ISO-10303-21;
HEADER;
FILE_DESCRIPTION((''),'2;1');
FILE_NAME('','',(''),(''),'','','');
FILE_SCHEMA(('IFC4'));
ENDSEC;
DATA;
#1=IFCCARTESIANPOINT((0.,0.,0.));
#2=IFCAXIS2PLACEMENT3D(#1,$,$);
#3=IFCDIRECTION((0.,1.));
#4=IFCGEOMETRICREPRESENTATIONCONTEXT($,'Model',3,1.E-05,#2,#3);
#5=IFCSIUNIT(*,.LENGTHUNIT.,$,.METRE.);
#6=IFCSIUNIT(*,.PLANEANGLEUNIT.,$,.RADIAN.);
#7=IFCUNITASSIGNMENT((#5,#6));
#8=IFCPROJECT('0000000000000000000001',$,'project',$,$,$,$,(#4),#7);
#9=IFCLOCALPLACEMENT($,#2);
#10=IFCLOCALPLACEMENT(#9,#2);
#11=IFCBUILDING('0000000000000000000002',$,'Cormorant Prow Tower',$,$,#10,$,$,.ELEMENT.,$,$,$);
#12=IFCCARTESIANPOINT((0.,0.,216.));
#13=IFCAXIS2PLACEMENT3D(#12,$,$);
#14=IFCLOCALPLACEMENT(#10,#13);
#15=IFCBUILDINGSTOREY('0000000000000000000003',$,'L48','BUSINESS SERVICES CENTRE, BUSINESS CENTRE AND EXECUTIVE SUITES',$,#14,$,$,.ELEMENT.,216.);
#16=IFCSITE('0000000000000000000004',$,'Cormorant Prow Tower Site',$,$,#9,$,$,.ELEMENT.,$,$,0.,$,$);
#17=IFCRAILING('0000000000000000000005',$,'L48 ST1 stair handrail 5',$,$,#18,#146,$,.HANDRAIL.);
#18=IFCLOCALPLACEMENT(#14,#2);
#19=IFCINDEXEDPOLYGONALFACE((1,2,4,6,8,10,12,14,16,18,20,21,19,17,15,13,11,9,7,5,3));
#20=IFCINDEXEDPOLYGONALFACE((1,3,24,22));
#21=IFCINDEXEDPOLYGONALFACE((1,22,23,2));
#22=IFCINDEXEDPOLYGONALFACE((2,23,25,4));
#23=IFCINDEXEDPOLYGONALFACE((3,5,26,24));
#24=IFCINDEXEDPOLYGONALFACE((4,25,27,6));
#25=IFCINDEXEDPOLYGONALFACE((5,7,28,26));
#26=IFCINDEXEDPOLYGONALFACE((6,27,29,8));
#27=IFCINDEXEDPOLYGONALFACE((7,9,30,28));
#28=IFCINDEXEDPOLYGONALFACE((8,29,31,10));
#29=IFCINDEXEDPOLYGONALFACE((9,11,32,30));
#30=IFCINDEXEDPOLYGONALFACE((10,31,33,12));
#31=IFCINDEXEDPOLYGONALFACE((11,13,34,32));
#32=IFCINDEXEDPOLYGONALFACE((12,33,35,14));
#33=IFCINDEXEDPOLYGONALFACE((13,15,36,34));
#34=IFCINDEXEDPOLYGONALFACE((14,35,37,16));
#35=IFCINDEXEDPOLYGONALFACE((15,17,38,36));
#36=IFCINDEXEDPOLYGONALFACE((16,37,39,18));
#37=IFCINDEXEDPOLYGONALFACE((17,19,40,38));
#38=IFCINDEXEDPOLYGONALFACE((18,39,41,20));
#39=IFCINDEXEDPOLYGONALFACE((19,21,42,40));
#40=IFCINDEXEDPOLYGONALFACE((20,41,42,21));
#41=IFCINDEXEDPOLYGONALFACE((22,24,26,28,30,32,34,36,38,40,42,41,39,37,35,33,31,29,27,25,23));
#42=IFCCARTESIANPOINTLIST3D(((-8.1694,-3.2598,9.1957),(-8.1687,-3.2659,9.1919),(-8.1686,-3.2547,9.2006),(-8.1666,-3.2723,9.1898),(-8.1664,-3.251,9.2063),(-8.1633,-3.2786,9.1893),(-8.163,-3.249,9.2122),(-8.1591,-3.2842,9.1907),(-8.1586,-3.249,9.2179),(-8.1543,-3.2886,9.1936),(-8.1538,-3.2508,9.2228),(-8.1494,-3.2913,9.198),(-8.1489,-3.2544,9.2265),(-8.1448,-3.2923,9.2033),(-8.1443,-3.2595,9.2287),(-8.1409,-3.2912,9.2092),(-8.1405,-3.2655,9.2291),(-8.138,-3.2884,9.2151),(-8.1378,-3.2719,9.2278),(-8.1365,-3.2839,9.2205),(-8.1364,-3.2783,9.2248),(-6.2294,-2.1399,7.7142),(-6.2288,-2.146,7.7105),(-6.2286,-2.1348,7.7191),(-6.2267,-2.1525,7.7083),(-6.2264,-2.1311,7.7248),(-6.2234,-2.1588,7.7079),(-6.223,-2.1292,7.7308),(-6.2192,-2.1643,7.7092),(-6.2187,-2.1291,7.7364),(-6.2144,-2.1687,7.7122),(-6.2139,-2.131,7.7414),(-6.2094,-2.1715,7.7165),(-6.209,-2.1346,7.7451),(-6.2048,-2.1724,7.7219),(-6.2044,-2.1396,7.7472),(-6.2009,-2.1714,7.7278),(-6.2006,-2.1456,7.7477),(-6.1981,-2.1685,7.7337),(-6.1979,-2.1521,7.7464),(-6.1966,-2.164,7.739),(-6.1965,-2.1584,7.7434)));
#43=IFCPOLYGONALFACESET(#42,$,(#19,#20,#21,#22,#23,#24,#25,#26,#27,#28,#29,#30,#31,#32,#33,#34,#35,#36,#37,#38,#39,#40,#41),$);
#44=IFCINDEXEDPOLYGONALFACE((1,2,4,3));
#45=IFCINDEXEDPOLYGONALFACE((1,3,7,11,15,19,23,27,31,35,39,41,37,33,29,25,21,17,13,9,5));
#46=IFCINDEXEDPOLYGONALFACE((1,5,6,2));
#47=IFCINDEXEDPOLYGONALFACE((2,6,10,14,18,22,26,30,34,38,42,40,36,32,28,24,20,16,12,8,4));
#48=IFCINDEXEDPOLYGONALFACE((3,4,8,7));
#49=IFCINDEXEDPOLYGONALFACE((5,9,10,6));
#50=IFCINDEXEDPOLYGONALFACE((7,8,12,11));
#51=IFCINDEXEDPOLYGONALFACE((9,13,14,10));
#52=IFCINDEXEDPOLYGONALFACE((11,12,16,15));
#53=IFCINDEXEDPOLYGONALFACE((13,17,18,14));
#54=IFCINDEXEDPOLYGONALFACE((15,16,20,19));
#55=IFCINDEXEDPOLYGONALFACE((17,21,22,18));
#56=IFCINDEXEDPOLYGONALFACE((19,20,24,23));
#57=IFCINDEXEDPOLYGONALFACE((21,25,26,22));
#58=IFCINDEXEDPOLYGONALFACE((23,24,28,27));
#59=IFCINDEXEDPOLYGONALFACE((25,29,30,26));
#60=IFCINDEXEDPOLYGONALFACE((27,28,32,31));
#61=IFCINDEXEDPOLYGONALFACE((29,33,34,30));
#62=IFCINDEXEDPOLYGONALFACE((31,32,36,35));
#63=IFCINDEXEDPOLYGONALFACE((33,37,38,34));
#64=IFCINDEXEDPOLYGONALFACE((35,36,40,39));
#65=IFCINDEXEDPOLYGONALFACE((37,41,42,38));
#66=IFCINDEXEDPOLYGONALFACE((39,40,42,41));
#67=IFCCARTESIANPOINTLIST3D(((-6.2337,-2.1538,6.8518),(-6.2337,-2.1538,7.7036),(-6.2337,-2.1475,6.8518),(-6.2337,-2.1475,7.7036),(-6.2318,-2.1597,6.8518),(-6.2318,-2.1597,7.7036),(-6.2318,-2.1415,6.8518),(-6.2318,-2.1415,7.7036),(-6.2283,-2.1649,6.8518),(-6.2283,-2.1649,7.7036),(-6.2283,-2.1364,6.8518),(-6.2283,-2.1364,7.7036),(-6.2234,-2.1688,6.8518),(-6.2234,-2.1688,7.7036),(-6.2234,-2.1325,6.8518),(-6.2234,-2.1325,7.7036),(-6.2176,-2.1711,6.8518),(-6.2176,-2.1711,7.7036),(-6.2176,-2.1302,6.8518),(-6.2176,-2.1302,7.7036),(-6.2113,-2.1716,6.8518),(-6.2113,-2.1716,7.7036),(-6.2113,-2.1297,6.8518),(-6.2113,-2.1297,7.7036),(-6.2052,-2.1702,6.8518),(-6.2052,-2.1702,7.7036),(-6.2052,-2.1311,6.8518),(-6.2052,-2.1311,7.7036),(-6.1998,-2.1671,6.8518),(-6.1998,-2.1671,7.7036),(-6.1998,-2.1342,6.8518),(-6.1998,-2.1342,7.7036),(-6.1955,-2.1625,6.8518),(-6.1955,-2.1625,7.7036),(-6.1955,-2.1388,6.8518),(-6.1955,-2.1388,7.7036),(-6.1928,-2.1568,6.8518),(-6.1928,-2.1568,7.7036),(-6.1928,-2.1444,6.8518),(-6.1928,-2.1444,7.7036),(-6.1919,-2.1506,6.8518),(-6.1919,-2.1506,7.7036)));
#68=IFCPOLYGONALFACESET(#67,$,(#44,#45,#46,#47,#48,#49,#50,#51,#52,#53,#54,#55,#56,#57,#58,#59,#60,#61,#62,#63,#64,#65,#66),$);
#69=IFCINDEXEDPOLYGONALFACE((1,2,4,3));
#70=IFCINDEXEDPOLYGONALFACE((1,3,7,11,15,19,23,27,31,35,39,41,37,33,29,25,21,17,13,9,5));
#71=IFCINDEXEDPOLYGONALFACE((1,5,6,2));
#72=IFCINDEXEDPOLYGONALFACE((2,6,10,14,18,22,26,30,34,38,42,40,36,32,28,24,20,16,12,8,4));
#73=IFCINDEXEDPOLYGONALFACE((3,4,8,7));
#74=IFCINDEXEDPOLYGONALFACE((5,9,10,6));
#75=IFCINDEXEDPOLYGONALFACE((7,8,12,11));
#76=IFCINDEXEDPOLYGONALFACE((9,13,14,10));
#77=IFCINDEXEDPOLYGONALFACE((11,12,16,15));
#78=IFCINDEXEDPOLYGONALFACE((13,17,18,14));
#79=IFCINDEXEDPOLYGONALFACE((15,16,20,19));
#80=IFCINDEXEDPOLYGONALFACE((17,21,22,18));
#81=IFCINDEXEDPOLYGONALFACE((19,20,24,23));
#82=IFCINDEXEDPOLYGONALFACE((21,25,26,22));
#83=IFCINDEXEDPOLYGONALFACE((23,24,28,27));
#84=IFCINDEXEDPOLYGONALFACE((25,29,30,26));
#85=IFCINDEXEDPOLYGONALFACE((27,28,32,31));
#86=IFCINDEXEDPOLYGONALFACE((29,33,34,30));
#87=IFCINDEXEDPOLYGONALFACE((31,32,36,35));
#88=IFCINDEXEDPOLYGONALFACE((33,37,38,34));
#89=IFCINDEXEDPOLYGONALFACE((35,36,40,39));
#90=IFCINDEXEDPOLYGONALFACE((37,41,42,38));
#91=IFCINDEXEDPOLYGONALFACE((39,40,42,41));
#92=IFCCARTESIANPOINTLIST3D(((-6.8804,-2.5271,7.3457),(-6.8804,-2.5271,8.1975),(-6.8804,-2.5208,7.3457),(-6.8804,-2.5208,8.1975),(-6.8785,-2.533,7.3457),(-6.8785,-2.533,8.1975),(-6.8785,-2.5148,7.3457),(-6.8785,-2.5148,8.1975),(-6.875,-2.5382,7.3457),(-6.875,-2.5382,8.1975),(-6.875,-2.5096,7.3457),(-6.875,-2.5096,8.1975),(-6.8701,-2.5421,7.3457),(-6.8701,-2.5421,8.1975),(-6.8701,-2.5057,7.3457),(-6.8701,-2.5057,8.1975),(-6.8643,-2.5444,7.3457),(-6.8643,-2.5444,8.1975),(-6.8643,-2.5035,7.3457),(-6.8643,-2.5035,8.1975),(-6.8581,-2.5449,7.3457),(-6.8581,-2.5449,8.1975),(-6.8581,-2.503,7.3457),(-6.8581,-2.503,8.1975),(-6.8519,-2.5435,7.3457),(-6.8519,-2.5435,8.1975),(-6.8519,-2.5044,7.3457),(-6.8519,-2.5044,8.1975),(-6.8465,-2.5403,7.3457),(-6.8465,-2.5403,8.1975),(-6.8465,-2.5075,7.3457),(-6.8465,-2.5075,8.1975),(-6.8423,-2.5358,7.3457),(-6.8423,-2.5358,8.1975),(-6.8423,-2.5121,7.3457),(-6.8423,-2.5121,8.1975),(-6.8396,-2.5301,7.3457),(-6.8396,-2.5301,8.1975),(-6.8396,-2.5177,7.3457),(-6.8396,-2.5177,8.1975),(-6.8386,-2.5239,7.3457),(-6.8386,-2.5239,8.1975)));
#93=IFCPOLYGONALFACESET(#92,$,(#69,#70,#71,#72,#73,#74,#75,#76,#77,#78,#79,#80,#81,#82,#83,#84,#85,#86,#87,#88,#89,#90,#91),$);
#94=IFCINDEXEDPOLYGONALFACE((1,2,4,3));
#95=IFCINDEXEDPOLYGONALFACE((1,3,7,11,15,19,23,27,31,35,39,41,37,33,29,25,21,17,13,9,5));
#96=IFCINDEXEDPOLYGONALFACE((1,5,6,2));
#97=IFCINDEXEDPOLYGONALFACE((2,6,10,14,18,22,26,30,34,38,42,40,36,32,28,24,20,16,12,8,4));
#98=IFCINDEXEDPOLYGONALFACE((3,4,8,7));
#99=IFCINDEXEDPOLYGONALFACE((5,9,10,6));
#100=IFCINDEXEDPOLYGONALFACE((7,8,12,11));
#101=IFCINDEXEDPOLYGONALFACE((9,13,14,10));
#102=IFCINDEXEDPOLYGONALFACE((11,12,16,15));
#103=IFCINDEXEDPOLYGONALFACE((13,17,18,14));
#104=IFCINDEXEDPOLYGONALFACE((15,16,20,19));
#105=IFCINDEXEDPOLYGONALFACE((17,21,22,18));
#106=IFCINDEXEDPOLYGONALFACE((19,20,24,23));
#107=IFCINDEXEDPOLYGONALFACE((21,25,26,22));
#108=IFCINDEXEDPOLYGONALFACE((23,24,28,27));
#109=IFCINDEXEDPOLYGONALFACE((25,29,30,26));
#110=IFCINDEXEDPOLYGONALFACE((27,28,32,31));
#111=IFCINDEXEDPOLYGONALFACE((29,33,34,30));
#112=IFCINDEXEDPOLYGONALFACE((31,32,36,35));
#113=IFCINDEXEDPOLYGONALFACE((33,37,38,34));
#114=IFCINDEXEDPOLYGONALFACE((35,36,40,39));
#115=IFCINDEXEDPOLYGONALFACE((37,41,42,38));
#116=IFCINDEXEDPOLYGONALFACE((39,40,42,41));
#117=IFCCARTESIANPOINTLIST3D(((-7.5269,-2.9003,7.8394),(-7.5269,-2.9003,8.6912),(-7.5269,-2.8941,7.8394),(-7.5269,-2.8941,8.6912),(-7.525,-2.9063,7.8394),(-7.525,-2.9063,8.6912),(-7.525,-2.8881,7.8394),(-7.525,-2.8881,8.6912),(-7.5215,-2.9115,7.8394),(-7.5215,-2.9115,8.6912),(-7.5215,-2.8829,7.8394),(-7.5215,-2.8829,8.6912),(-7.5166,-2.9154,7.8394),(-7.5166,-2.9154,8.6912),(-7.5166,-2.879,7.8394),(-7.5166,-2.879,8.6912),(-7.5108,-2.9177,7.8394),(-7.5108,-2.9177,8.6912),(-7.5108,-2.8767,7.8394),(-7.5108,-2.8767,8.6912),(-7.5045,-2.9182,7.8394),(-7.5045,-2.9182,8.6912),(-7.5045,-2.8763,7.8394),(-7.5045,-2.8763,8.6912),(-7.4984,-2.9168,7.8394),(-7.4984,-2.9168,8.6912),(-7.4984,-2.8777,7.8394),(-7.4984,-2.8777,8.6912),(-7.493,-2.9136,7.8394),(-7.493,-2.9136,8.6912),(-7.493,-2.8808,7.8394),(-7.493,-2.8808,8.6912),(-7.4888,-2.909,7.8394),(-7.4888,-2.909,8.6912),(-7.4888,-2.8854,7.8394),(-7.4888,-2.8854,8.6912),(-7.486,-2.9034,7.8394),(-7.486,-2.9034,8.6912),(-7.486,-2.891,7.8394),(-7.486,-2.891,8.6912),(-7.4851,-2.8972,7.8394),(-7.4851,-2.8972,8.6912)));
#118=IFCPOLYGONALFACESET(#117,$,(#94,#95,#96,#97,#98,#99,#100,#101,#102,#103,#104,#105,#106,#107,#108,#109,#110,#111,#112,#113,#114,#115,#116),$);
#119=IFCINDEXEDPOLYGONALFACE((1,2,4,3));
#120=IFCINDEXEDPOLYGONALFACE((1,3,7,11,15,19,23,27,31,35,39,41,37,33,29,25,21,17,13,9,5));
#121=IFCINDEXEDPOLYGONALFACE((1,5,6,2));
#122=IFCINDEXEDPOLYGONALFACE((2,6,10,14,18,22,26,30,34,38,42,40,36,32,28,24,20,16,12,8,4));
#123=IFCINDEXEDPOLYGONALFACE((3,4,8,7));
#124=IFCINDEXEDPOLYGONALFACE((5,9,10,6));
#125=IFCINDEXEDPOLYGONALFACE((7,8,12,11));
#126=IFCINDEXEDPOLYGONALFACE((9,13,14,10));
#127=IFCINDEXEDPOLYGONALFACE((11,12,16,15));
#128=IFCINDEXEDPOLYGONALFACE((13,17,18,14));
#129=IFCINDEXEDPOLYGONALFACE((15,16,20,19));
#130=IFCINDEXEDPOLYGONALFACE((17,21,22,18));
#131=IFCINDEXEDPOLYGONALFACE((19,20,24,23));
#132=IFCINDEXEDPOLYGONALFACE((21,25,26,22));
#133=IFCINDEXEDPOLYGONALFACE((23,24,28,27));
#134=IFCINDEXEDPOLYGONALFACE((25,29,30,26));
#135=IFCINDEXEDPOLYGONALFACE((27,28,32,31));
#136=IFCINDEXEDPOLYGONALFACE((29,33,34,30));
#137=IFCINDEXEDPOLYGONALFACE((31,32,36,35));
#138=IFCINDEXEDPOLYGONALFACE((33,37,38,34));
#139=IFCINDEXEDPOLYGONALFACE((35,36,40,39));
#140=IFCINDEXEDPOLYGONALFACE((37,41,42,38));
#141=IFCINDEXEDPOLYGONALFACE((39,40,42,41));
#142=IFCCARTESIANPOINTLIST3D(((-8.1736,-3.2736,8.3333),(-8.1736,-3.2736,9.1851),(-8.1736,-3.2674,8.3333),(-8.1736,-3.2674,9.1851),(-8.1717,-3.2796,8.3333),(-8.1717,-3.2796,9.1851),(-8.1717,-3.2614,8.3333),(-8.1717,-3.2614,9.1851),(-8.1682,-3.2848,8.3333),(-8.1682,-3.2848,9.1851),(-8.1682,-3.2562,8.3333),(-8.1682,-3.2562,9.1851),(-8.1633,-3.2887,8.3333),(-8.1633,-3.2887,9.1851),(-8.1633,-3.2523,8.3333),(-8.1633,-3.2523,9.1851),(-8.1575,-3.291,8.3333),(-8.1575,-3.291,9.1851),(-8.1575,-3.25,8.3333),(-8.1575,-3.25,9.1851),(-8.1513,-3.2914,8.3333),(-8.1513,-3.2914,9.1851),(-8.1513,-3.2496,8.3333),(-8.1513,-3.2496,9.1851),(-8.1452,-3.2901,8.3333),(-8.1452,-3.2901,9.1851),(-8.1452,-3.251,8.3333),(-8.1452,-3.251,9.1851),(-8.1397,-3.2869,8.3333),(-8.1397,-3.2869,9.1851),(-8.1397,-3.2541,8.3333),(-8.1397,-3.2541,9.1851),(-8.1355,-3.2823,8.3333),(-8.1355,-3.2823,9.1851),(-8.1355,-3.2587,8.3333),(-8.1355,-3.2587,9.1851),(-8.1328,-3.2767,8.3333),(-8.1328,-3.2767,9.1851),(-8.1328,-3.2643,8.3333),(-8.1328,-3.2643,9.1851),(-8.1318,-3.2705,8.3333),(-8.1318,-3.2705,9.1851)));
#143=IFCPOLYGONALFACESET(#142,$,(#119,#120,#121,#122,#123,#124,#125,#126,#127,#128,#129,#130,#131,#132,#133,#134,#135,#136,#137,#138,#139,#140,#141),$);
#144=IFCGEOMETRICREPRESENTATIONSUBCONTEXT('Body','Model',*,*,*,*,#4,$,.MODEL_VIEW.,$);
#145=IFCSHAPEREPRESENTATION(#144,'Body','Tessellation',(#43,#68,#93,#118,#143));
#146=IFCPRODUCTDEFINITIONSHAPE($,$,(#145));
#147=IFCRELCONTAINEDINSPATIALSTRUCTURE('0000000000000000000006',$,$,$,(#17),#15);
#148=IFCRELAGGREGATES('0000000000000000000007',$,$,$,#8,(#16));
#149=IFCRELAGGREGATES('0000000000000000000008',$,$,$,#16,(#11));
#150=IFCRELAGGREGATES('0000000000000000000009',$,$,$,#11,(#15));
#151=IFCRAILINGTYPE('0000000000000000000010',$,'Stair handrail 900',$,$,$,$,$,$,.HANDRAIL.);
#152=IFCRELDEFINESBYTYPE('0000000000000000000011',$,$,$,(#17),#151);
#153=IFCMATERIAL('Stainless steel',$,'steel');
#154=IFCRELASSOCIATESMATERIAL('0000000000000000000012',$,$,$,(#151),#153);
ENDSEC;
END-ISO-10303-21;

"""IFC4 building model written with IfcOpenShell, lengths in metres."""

from ifc_helpers import new_model, si_unit, direction, frame, origin, origin_2d, place, context, subcontext, project, spatial, circle, extrude, material, type_object, element, save


model = new_model("IFC4")

# Units and contexts
model_context = context("Model", 3, precision=1e-05, world=origin(), true_north=direction((0.0, 1.0)))
body_context = subcontext(model_context, "Body", "Model", "MODEL_VIEW")
ifc_project = project(units=[si_unit("LENGTHUNIT", "METRE"), si_unit("PLANEANGLEUNIT", "RADIAN")], contexts=[model_context])

# Site, building, storey
site_placement = place(None, origin())
site = spatial("IfcSite", under=ifc_project, at=site_placement, Name="Cormorant Prow Tower Site", CompositionType="ELEMENT", RefElevation=0.0)
building_placement = place(site_placement, origin())
building = spatial("IfcBuilding", under=site, at=building_placement, Name="Cormorant Prow Tower", CompositionType="ELEMENT")
storey_placement = place(building_placement, frame((0.0, 0.0, 216.0)))
storey = spatial("IfcBuildingStorey", under=building, at=storey_placement, Name="L48", Description="BUSINESS SERVICES CENTRE, BUSINESS CENTRE AND EXECUTIVE SUITES", CompositionType="ELEMENT", Elevation=216.0)

# Railing
ifc_material_1 = material(Name="Stainless steel", Category="steel")
railing_type_1 = type_object("IfcRailingType", Name="Stair handrail 900", PredefinedType="HANDRAIL", material=ifc_material_1)
railing_1_placement = place(storey_placement, frame((-6.2129, -2.1506, 6.8518)))
element("IfcRailing", 1, at=railing_1_placement, inside=storey, type_object=railing_type_1, Name="L48 ST1 stair handrail 5", PredefinedType="HANDRAIL", context=body_context, shape_type="SweptSolid", body=[
    extrude(circle(Radius=0.0239, at=origin_2d()), frame((0.0, 0.0, 0.876), z_axis=(-0.722363, -0.417, 0.551636), x_axis=(0.499949, -0.866055, 0.0)), (0.0, 0.0, 1.0), 2.6855),
    extrude(circle(Radius=0.021, at=origin_2d()), origin(), (0.0, 0.0, 1.0), 0.8518),
    extrude(circle(Radius=0.021, at=origin_2d()), frame((-0.6467, -0.3733, 0.4939)), (0.0, 0.0, 1.0), 0.8518),
    extrude(circle(Radius=0.021, at=origin_2d()), frame((-1.2932, -0.7466, 0.9875)), (0.0, 0.0, 1.0), 0.8518),
    extrude(circle(Radius=0.021, at=origin_2d()), frame((-1.9399, -1.1199, 1.4814)), (0.0, 0.0, 1.0), 0.8518),
])

save(model, "model.ifc")
